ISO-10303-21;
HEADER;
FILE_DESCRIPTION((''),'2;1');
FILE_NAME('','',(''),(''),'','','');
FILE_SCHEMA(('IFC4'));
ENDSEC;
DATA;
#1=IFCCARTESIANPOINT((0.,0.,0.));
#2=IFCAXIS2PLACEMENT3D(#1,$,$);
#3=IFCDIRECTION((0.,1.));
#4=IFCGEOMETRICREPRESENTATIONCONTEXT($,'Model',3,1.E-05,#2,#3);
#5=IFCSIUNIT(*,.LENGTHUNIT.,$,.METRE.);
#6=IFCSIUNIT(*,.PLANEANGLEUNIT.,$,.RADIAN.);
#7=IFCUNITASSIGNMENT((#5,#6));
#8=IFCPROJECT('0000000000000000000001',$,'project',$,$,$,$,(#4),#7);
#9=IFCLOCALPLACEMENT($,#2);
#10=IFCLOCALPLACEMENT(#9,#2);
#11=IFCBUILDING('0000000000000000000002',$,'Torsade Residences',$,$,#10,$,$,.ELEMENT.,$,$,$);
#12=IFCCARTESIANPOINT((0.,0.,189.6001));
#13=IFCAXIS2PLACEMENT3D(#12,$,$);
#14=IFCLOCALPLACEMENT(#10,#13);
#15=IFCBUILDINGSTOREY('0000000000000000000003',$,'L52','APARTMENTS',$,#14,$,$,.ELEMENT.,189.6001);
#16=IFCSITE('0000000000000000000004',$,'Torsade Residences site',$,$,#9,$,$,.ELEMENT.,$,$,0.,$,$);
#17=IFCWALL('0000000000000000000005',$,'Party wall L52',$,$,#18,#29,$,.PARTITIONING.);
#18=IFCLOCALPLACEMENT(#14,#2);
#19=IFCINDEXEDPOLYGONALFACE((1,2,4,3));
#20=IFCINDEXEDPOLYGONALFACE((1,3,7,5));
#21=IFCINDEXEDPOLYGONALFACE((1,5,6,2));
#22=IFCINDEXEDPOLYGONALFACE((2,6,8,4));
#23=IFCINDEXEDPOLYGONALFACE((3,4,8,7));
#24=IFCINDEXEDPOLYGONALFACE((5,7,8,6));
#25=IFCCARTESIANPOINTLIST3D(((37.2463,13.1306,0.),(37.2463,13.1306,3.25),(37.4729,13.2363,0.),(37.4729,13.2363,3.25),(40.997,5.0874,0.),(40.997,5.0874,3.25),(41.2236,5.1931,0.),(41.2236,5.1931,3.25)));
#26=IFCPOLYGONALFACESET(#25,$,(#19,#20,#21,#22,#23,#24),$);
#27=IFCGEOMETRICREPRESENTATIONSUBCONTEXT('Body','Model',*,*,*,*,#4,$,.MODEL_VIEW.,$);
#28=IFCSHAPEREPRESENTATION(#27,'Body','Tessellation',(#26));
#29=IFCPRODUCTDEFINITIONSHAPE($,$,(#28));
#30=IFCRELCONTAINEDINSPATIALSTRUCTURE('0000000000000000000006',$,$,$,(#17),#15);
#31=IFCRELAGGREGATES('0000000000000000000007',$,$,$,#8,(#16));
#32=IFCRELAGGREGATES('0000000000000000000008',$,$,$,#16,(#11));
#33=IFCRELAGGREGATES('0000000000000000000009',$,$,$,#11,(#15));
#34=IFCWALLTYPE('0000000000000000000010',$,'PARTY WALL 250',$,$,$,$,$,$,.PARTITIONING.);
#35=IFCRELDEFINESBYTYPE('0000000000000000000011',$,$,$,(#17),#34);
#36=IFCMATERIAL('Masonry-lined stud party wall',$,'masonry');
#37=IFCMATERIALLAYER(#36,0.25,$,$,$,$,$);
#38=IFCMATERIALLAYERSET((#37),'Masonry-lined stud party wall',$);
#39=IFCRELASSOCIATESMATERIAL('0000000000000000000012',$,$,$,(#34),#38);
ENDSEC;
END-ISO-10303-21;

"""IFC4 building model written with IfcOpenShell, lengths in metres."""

from ifc_helpers import new_model, si_unit, direction, frame, frame_2d, origin, place, context, subcontext, project, spatial, rectangle, extrude, material, layer, layer_set, type_object, element, save


model = new_model("IFC4")

# Units and contexts
model_context = context("Model", 3, precision=1e-05, world=origin(), true_north=direction((0.0, 1.0)))
body_context = subcontext(model_context, "Body", "Model", "MODEL_VIEW")
ifc_project = project(units=[si_unit("LENGTHUNIT", "METRE"), si_unit("PLANEANGLEUNIT", "RADIAN")], contexts=[model_context])

# Site, building, storey
site_placement = place(None, origin())
site = spatial("IfcSite", under=ifc_project, at=site_placement, Name="Torsade Residences site", CompositionType="ELEMENT", RefElevation=0.0)
building_placement = place(site_placement, origin())
building = spatial("IfcBuilding", under=site, at=building_placement, Name="Torsade Residences", CompositionType="ELEMENT")
storey_placement = place(building_placement, frame((0.0, 0.0, 189.6001)))
storey = spatial("IfcBuildingStorey", under=building, at=storey_placement, Name="L52", Description="APARTMENTS", CompositionType="ELEMENT", Elevation=189.6001)

# Wall
ifc_material_1 = material(Name="Masonry-lined stud party wall", Category="masonry")
ifc_layer_1 = layer(ifc_material_1, 0.25)
ifc_layer_set_1 = layer_set([ifc_layer_1], Name="Masonry-lined stud party wall")
wall_type_1 = type_object("IfcWallType", Name="PARTY WALL 250", PredefinedType="PARTITIONING", material=ifc_layer_set_1)
wall_1_placement = place(storey_placement, frame((41.1104, 5.1401, 0.0), z_axis=(0.0, 0.0, 1.0), x_axis=(-0.422629, 0.906303, 0.0)))
element("IfcWall", 1, at=wall_1_placement, inside=storey, type_object=wall_type_1, Name="Party wall L52", PredefinedType="PARTITIONING", context=body_context, shape_type="SweptSolid", body=[
    extrude(rectangle(XDim=8.8748, YDim=0.25, at=frame_2d((4.4375, 0.0))), origin(), (0.0, 0.0, 1.0), 3.25),
])

save(model, "model.ifc")
